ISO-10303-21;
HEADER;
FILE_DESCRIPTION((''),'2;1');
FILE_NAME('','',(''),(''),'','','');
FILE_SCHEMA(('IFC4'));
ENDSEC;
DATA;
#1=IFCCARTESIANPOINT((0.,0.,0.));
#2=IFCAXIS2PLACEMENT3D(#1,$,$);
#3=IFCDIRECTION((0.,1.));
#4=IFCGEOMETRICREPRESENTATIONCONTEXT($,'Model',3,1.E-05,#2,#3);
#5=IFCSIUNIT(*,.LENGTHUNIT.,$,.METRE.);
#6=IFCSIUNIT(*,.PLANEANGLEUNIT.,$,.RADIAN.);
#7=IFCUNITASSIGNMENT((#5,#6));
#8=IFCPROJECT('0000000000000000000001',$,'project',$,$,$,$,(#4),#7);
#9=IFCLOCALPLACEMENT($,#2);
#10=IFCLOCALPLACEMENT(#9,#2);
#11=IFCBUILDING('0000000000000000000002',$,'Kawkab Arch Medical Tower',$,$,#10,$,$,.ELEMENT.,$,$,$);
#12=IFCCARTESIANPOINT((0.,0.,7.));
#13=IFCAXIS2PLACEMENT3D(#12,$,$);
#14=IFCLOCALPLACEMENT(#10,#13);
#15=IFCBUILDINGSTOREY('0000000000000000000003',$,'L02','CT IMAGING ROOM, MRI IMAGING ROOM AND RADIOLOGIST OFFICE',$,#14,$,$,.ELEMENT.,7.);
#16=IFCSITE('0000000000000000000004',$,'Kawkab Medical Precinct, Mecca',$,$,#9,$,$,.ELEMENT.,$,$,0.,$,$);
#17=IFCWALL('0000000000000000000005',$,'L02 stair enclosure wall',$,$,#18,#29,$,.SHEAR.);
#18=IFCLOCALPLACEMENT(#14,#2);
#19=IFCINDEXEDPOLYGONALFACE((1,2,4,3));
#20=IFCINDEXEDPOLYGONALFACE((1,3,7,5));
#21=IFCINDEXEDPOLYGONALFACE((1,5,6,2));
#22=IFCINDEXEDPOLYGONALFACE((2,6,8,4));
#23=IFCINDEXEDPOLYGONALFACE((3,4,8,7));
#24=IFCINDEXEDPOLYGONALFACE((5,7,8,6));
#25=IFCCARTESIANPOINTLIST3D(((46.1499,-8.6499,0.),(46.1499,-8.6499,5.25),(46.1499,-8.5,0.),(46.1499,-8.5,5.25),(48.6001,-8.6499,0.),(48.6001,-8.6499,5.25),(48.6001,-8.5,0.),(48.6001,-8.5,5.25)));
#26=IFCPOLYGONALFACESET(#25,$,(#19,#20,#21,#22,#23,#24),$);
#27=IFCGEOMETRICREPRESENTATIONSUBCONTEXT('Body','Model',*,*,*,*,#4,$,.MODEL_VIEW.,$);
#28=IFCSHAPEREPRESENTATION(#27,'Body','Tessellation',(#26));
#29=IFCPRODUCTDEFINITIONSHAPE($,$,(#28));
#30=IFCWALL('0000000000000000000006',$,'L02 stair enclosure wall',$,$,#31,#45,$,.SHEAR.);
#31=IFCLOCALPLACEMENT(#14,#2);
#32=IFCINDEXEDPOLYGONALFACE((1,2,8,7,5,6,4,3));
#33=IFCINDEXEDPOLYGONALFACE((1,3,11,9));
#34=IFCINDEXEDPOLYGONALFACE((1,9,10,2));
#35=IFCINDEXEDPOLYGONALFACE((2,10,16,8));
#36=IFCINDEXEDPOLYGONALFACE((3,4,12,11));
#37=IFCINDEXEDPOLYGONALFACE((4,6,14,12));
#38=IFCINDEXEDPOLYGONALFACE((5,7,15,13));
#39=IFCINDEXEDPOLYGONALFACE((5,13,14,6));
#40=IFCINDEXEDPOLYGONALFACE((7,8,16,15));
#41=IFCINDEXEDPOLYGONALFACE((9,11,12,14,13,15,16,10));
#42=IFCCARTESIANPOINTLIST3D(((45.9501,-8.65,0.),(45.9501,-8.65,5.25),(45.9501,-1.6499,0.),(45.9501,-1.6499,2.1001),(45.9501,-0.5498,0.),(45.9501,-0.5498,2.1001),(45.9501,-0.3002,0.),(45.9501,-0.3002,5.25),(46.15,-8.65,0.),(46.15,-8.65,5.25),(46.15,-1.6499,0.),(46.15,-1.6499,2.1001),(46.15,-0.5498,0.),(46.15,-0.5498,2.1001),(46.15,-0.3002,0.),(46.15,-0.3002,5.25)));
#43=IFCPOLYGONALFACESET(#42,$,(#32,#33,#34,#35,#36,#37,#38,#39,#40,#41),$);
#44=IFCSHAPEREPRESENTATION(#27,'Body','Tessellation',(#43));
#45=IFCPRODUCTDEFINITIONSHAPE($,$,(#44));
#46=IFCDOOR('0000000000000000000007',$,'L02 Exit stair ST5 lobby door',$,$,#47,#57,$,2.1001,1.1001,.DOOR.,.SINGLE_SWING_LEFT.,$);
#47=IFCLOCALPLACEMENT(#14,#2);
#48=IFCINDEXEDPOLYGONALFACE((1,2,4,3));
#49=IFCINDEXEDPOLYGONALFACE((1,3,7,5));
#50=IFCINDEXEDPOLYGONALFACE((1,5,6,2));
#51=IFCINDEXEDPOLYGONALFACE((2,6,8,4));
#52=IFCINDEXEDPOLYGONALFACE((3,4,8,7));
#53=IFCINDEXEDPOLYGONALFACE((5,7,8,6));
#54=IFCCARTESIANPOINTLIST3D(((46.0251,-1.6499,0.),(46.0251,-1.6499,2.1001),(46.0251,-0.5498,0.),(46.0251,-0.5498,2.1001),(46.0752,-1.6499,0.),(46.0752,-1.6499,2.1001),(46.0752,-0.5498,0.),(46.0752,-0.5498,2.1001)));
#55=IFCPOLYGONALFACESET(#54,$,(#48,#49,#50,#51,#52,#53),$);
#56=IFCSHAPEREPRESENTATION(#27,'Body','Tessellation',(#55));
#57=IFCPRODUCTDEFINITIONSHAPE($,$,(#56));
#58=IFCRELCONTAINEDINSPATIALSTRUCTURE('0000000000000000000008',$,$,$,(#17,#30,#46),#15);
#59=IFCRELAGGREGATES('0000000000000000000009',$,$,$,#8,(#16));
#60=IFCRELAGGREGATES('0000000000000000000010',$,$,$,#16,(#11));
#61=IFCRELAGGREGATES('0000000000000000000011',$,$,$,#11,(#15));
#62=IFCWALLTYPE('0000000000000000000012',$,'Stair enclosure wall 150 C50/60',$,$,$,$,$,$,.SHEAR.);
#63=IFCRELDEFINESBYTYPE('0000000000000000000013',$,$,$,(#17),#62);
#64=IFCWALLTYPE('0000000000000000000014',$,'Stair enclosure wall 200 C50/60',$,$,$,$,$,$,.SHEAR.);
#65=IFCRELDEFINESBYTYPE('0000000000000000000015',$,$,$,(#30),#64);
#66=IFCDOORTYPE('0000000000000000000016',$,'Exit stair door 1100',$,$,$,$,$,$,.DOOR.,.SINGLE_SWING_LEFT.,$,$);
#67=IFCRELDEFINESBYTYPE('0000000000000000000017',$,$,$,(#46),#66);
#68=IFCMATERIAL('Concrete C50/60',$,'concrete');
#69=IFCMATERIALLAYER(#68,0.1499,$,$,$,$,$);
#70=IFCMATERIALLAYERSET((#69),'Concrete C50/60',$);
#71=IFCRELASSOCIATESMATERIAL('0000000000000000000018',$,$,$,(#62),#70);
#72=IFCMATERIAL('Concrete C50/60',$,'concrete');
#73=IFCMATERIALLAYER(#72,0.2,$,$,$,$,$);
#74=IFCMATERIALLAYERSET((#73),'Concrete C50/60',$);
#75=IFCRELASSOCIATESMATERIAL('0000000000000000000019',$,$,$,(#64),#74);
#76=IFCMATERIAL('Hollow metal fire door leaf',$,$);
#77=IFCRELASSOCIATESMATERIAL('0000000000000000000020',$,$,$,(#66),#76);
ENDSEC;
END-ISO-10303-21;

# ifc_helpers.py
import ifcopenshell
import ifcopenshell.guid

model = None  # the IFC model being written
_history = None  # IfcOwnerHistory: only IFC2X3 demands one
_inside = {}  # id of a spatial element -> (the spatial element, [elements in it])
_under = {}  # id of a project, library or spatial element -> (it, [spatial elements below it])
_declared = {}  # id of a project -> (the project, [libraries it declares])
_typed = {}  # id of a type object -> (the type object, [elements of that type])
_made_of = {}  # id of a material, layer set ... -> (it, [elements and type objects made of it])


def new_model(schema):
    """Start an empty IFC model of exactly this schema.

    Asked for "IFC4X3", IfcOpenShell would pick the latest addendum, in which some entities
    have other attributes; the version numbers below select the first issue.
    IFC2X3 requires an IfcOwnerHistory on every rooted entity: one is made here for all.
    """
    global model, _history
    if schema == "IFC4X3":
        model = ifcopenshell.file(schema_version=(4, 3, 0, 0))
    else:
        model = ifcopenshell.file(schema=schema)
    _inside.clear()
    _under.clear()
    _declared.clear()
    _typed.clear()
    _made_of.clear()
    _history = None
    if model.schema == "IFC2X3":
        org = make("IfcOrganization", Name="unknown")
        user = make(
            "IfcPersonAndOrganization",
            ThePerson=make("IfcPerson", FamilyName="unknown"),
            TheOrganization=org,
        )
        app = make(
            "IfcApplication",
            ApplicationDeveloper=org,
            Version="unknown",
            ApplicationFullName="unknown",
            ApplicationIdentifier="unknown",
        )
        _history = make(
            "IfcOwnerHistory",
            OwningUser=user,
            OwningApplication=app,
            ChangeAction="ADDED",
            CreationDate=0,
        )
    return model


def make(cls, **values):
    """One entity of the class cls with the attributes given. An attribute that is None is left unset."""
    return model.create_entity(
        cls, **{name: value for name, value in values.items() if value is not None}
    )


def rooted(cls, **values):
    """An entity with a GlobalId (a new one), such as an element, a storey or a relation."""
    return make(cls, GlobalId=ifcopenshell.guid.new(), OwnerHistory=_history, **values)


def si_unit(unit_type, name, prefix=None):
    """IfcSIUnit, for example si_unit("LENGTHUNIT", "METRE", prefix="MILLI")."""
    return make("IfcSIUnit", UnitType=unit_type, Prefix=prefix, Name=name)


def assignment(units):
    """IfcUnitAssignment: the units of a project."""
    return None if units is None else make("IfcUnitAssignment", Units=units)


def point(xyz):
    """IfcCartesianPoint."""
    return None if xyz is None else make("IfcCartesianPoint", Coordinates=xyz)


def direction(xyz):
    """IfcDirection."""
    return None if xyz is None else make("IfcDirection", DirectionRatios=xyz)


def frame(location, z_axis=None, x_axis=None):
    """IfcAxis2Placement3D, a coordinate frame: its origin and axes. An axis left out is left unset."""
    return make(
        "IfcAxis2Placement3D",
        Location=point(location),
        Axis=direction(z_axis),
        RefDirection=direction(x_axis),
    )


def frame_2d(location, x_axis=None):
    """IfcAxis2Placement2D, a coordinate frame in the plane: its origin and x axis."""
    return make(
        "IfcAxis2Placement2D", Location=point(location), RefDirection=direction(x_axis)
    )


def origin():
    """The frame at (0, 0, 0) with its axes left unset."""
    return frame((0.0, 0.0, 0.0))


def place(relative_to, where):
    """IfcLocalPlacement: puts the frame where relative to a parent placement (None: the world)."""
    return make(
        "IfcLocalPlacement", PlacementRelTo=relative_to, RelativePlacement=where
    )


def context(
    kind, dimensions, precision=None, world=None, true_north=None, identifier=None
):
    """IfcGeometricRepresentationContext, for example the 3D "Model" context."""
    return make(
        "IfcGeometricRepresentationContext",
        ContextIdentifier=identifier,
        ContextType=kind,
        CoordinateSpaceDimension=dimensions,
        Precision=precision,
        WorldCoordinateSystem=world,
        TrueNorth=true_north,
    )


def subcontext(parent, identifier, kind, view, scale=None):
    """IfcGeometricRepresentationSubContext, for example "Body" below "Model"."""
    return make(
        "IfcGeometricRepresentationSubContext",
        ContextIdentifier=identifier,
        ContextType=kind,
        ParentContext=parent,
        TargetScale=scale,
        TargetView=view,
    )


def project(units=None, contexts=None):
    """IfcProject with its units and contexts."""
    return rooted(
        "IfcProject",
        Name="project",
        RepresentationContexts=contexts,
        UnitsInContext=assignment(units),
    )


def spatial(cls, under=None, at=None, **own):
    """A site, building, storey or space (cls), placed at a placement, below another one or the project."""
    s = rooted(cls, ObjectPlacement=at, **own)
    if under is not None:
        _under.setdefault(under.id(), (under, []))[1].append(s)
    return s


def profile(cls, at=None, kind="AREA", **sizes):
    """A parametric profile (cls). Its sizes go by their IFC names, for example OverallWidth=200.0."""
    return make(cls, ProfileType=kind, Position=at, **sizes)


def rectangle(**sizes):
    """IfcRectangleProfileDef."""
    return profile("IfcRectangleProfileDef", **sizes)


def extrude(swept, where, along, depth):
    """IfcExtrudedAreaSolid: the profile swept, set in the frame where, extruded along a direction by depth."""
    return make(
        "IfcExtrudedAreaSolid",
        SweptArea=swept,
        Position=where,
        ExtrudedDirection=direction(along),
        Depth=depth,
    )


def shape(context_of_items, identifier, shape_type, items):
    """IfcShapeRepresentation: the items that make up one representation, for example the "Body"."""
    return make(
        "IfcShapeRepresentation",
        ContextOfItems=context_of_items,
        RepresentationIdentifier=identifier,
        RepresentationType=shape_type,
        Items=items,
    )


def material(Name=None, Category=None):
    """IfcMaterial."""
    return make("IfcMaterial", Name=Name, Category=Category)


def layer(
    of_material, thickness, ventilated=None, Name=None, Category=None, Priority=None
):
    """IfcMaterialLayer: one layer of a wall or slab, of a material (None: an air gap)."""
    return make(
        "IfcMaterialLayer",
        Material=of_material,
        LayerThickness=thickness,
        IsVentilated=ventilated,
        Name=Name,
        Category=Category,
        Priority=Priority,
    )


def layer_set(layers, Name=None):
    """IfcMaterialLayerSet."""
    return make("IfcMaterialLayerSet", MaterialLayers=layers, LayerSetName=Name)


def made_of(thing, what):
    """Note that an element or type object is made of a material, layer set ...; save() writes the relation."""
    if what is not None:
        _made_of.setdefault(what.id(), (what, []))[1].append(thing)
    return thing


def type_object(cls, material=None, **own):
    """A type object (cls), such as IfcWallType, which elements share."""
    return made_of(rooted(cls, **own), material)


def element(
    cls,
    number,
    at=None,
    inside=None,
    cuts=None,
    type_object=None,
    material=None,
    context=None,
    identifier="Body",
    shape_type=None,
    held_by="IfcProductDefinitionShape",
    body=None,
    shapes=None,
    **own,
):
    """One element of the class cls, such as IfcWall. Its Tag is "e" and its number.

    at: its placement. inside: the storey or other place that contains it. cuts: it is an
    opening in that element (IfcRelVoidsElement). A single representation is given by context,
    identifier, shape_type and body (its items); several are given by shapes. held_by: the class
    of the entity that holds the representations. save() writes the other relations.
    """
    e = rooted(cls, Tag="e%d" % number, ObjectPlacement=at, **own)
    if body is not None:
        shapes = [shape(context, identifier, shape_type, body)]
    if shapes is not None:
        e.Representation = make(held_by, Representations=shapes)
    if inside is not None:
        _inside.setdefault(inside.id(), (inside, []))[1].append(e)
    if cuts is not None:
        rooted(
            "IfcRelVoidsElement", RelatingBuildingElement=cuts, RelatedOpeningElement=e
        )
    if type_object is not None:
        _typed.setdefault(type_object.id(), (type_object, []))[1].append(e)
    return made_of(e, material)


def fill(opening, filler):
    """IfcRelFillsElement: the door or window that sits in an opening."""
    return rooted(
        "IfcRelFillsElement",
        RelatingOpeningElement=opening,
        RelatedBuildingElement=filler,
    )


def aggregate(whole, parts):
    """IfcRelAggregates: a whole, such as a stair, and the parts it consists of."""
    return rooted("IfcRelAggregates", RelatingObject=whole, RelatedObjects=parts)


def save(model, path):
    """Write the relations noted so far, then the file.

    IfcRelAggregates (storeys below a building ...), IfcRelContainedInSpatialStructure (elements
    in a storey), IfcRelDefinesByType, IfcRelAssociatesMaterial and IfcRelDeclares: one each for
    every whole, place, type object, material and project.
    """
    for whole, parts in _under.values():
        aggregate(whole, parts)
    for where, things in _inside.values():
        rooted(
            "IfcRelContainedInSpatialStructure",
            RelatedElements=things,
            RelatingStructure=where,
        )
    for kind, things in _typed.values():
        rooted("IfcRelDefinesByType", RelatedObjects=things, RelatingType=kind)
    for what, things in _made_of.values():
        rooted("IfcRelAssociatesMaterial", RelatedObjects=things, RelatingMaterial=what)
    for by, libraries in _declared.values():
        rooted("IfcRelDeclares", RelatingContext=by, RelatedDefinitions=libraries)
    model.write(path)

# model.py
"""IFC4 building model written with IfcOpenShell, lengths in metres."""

from ifc_helpers import new_model, si_unit, direction, frame, frame_2d, origin, place, context, subcontext, project, spatial, rectangle, extrude, material, layer, layer_set, type_object, element, fill, save


model = new_model("IFC4")

# Units and contexts
model_context = context("Model", 3, precision=1e-05, world=origin(), true_north=direction((0.0, 1.0)))
body_context = subcontext(model_context, "Body", "Model", "MODEL_VIEW")
ifc_project = project(units=[si_unit("LENGTHUNIT", "METRE"), si_unit("PLANEANGLEUNIT", "RADIAN")], contexts=[model_context])

# Site, building, storey
site_placement = place(None, origin())
site = spatial("IfcSite", under=ifc_project, at=site_placement, Name="Kawkab Medical Precinct, Mecca", CompositionType="ELEMENT", RefElevation=0.0)
building_placement = place(site_placement, origin())
building = spatial("IfcBuilding", under=site, at=building_placement, Name="Kawkab Arch Medical Tower", CompositionType="ELEMENT")
storey_placement = place(building_placement, frame((0.0, 0.0, 7.0)))
storey = spatial("IfcBuildingStorey", under=building, at=storey_placement, Name="L02", Description="CT IMAGING ROOM, MRI IMAGING ROOM AND RADIOLOGIST OFFICE", CompositionType="ELEMENT", Elevation=7.0)

# Wall
ifc_material_1 = material(Name="Concrete C50/60", Category="concrete")
ifc_layer_1 = layer(ifc_material_1, 0.1499)
ifc_layer_set_1 = layer_set([ifc_layer_1], Name="Concrete C50/60")
wall_type_1 = type_object("IfcWallType", Name="Stair enclosure wall 150 C50/60", PredefinedType="SHEAR", material=ifc_layer_set_1)
for number, where, z_axis, x_axis, name in (
    (1, (46.1499, -8.575, 0.0), (0.0, 0.0, 1.0), (1.0, 0.0, 0.0), "L02 stair enclosure wall"),
):
    element("IfcWall", number, at=place(storey_placement, frame(where, z_axis=z_axis, x_axis=x_axis)), inside=storey, type_object=wall_type_1, Name=name, PredefinedType="SHEAR", context=body_context, shape_type="SweptSolid", body=[
        extrude(rectangle(XDim=2.4502, YDim=0.1499, at=frame_2d((1.2251, 0.0))), origin(), (0.0, 0.0, 1.0), 5.25),
    ])

# Wall, opening, door
ifc_material_2 = material(Name="Concrete C50/60", Category="concrete")
ifc_layer_2 = layer(ifc_material_2, 0.2)
ifc_layer_set_2 = layer_set([ifc_layer_2], Name="Concrete C50/60")
wall_type_2 = type_object("IfcWallType", Name="Stair enclosure wall 200 C50/60", PredefinedType="SHEAR", material=ifc_layer_set_2)
wall_1_placement = place(storey_placement, frame((46.05, -8.6499, 0.0), z_axis=(0.0, 0.0, 1.0), x_axis=(0.0, 1.0, 0.0)))
wall_1 = element("IfcWall", 2, at=wall_1_placement, inside=storey, type_object=wall_type_2, Name="L02 stair enclosure wall", PredefinedType="SHEAR", context=body_context, shape_type="SweptSolid", body=[
    extrude(rectangle(XDim=8.3499, YDim=0.2, at=frame_2d((4.1748, 0.0))), origin(), (0.0, 0.0, 1.0), 5.25),
])
opening_1_placement = place(wall_1_placement, frame((7.0, 0.0, 0.0)))
opening_1 = element("IfcOpeningElement", 3, at=opening_1_placement, cuts=wall_1, PredefinedType="OPENING", context=body_context, shape_type="SweptSolid", body=[
    extrude(rectangle(XDim=1.1001, YDim=2.1001, at=frame_2d((0.55, 1.05))), frame((0.0, 0.1099, 0.0), z_axis=(0.0, -1.0, 0.0), x_axis=(1.0, 0.0, 0.0)), (0.0, 0.0, 1.0), 0.22),
])
ifc_material_3 = material(Name="Hollow metal fire door leaf")
door_type_1 = type_object("IfcDoorType", Name="Exit stair door 1100", OperationType="SINGLE_SWING_LEFT", PredefinedType="DOOR", material=ifc_material_3)
door_1_placement = place(opening_1_placement, origin())
door_1 = element("IfcDoor", 4, at=door_1_placement, inside=storey, type_object=door_type_1, Name="L02 Exit stair ST5 lobby door", OperationType="SINGLE_SWING_LEFT", OverallHeight=2.1001, OverallWidth=1.1001, PredefinedType="DOOR", context=body_context, shape_type="SweptSolid", body=[
    extrude(rectangle(XDim=1.1001, YDim=2.1001, at=frame_2d((0.55, 1.05))), frame((0.0, 0.0249, 0.0), z_axis=(0.0, -1.0, 0.0), x_axis=(1.0, 0.0, 0.0)), (0.0, 0.0, 1.0), 0.05),
])
fill(opening_1, door_1)

save(model, "model.ifc")
